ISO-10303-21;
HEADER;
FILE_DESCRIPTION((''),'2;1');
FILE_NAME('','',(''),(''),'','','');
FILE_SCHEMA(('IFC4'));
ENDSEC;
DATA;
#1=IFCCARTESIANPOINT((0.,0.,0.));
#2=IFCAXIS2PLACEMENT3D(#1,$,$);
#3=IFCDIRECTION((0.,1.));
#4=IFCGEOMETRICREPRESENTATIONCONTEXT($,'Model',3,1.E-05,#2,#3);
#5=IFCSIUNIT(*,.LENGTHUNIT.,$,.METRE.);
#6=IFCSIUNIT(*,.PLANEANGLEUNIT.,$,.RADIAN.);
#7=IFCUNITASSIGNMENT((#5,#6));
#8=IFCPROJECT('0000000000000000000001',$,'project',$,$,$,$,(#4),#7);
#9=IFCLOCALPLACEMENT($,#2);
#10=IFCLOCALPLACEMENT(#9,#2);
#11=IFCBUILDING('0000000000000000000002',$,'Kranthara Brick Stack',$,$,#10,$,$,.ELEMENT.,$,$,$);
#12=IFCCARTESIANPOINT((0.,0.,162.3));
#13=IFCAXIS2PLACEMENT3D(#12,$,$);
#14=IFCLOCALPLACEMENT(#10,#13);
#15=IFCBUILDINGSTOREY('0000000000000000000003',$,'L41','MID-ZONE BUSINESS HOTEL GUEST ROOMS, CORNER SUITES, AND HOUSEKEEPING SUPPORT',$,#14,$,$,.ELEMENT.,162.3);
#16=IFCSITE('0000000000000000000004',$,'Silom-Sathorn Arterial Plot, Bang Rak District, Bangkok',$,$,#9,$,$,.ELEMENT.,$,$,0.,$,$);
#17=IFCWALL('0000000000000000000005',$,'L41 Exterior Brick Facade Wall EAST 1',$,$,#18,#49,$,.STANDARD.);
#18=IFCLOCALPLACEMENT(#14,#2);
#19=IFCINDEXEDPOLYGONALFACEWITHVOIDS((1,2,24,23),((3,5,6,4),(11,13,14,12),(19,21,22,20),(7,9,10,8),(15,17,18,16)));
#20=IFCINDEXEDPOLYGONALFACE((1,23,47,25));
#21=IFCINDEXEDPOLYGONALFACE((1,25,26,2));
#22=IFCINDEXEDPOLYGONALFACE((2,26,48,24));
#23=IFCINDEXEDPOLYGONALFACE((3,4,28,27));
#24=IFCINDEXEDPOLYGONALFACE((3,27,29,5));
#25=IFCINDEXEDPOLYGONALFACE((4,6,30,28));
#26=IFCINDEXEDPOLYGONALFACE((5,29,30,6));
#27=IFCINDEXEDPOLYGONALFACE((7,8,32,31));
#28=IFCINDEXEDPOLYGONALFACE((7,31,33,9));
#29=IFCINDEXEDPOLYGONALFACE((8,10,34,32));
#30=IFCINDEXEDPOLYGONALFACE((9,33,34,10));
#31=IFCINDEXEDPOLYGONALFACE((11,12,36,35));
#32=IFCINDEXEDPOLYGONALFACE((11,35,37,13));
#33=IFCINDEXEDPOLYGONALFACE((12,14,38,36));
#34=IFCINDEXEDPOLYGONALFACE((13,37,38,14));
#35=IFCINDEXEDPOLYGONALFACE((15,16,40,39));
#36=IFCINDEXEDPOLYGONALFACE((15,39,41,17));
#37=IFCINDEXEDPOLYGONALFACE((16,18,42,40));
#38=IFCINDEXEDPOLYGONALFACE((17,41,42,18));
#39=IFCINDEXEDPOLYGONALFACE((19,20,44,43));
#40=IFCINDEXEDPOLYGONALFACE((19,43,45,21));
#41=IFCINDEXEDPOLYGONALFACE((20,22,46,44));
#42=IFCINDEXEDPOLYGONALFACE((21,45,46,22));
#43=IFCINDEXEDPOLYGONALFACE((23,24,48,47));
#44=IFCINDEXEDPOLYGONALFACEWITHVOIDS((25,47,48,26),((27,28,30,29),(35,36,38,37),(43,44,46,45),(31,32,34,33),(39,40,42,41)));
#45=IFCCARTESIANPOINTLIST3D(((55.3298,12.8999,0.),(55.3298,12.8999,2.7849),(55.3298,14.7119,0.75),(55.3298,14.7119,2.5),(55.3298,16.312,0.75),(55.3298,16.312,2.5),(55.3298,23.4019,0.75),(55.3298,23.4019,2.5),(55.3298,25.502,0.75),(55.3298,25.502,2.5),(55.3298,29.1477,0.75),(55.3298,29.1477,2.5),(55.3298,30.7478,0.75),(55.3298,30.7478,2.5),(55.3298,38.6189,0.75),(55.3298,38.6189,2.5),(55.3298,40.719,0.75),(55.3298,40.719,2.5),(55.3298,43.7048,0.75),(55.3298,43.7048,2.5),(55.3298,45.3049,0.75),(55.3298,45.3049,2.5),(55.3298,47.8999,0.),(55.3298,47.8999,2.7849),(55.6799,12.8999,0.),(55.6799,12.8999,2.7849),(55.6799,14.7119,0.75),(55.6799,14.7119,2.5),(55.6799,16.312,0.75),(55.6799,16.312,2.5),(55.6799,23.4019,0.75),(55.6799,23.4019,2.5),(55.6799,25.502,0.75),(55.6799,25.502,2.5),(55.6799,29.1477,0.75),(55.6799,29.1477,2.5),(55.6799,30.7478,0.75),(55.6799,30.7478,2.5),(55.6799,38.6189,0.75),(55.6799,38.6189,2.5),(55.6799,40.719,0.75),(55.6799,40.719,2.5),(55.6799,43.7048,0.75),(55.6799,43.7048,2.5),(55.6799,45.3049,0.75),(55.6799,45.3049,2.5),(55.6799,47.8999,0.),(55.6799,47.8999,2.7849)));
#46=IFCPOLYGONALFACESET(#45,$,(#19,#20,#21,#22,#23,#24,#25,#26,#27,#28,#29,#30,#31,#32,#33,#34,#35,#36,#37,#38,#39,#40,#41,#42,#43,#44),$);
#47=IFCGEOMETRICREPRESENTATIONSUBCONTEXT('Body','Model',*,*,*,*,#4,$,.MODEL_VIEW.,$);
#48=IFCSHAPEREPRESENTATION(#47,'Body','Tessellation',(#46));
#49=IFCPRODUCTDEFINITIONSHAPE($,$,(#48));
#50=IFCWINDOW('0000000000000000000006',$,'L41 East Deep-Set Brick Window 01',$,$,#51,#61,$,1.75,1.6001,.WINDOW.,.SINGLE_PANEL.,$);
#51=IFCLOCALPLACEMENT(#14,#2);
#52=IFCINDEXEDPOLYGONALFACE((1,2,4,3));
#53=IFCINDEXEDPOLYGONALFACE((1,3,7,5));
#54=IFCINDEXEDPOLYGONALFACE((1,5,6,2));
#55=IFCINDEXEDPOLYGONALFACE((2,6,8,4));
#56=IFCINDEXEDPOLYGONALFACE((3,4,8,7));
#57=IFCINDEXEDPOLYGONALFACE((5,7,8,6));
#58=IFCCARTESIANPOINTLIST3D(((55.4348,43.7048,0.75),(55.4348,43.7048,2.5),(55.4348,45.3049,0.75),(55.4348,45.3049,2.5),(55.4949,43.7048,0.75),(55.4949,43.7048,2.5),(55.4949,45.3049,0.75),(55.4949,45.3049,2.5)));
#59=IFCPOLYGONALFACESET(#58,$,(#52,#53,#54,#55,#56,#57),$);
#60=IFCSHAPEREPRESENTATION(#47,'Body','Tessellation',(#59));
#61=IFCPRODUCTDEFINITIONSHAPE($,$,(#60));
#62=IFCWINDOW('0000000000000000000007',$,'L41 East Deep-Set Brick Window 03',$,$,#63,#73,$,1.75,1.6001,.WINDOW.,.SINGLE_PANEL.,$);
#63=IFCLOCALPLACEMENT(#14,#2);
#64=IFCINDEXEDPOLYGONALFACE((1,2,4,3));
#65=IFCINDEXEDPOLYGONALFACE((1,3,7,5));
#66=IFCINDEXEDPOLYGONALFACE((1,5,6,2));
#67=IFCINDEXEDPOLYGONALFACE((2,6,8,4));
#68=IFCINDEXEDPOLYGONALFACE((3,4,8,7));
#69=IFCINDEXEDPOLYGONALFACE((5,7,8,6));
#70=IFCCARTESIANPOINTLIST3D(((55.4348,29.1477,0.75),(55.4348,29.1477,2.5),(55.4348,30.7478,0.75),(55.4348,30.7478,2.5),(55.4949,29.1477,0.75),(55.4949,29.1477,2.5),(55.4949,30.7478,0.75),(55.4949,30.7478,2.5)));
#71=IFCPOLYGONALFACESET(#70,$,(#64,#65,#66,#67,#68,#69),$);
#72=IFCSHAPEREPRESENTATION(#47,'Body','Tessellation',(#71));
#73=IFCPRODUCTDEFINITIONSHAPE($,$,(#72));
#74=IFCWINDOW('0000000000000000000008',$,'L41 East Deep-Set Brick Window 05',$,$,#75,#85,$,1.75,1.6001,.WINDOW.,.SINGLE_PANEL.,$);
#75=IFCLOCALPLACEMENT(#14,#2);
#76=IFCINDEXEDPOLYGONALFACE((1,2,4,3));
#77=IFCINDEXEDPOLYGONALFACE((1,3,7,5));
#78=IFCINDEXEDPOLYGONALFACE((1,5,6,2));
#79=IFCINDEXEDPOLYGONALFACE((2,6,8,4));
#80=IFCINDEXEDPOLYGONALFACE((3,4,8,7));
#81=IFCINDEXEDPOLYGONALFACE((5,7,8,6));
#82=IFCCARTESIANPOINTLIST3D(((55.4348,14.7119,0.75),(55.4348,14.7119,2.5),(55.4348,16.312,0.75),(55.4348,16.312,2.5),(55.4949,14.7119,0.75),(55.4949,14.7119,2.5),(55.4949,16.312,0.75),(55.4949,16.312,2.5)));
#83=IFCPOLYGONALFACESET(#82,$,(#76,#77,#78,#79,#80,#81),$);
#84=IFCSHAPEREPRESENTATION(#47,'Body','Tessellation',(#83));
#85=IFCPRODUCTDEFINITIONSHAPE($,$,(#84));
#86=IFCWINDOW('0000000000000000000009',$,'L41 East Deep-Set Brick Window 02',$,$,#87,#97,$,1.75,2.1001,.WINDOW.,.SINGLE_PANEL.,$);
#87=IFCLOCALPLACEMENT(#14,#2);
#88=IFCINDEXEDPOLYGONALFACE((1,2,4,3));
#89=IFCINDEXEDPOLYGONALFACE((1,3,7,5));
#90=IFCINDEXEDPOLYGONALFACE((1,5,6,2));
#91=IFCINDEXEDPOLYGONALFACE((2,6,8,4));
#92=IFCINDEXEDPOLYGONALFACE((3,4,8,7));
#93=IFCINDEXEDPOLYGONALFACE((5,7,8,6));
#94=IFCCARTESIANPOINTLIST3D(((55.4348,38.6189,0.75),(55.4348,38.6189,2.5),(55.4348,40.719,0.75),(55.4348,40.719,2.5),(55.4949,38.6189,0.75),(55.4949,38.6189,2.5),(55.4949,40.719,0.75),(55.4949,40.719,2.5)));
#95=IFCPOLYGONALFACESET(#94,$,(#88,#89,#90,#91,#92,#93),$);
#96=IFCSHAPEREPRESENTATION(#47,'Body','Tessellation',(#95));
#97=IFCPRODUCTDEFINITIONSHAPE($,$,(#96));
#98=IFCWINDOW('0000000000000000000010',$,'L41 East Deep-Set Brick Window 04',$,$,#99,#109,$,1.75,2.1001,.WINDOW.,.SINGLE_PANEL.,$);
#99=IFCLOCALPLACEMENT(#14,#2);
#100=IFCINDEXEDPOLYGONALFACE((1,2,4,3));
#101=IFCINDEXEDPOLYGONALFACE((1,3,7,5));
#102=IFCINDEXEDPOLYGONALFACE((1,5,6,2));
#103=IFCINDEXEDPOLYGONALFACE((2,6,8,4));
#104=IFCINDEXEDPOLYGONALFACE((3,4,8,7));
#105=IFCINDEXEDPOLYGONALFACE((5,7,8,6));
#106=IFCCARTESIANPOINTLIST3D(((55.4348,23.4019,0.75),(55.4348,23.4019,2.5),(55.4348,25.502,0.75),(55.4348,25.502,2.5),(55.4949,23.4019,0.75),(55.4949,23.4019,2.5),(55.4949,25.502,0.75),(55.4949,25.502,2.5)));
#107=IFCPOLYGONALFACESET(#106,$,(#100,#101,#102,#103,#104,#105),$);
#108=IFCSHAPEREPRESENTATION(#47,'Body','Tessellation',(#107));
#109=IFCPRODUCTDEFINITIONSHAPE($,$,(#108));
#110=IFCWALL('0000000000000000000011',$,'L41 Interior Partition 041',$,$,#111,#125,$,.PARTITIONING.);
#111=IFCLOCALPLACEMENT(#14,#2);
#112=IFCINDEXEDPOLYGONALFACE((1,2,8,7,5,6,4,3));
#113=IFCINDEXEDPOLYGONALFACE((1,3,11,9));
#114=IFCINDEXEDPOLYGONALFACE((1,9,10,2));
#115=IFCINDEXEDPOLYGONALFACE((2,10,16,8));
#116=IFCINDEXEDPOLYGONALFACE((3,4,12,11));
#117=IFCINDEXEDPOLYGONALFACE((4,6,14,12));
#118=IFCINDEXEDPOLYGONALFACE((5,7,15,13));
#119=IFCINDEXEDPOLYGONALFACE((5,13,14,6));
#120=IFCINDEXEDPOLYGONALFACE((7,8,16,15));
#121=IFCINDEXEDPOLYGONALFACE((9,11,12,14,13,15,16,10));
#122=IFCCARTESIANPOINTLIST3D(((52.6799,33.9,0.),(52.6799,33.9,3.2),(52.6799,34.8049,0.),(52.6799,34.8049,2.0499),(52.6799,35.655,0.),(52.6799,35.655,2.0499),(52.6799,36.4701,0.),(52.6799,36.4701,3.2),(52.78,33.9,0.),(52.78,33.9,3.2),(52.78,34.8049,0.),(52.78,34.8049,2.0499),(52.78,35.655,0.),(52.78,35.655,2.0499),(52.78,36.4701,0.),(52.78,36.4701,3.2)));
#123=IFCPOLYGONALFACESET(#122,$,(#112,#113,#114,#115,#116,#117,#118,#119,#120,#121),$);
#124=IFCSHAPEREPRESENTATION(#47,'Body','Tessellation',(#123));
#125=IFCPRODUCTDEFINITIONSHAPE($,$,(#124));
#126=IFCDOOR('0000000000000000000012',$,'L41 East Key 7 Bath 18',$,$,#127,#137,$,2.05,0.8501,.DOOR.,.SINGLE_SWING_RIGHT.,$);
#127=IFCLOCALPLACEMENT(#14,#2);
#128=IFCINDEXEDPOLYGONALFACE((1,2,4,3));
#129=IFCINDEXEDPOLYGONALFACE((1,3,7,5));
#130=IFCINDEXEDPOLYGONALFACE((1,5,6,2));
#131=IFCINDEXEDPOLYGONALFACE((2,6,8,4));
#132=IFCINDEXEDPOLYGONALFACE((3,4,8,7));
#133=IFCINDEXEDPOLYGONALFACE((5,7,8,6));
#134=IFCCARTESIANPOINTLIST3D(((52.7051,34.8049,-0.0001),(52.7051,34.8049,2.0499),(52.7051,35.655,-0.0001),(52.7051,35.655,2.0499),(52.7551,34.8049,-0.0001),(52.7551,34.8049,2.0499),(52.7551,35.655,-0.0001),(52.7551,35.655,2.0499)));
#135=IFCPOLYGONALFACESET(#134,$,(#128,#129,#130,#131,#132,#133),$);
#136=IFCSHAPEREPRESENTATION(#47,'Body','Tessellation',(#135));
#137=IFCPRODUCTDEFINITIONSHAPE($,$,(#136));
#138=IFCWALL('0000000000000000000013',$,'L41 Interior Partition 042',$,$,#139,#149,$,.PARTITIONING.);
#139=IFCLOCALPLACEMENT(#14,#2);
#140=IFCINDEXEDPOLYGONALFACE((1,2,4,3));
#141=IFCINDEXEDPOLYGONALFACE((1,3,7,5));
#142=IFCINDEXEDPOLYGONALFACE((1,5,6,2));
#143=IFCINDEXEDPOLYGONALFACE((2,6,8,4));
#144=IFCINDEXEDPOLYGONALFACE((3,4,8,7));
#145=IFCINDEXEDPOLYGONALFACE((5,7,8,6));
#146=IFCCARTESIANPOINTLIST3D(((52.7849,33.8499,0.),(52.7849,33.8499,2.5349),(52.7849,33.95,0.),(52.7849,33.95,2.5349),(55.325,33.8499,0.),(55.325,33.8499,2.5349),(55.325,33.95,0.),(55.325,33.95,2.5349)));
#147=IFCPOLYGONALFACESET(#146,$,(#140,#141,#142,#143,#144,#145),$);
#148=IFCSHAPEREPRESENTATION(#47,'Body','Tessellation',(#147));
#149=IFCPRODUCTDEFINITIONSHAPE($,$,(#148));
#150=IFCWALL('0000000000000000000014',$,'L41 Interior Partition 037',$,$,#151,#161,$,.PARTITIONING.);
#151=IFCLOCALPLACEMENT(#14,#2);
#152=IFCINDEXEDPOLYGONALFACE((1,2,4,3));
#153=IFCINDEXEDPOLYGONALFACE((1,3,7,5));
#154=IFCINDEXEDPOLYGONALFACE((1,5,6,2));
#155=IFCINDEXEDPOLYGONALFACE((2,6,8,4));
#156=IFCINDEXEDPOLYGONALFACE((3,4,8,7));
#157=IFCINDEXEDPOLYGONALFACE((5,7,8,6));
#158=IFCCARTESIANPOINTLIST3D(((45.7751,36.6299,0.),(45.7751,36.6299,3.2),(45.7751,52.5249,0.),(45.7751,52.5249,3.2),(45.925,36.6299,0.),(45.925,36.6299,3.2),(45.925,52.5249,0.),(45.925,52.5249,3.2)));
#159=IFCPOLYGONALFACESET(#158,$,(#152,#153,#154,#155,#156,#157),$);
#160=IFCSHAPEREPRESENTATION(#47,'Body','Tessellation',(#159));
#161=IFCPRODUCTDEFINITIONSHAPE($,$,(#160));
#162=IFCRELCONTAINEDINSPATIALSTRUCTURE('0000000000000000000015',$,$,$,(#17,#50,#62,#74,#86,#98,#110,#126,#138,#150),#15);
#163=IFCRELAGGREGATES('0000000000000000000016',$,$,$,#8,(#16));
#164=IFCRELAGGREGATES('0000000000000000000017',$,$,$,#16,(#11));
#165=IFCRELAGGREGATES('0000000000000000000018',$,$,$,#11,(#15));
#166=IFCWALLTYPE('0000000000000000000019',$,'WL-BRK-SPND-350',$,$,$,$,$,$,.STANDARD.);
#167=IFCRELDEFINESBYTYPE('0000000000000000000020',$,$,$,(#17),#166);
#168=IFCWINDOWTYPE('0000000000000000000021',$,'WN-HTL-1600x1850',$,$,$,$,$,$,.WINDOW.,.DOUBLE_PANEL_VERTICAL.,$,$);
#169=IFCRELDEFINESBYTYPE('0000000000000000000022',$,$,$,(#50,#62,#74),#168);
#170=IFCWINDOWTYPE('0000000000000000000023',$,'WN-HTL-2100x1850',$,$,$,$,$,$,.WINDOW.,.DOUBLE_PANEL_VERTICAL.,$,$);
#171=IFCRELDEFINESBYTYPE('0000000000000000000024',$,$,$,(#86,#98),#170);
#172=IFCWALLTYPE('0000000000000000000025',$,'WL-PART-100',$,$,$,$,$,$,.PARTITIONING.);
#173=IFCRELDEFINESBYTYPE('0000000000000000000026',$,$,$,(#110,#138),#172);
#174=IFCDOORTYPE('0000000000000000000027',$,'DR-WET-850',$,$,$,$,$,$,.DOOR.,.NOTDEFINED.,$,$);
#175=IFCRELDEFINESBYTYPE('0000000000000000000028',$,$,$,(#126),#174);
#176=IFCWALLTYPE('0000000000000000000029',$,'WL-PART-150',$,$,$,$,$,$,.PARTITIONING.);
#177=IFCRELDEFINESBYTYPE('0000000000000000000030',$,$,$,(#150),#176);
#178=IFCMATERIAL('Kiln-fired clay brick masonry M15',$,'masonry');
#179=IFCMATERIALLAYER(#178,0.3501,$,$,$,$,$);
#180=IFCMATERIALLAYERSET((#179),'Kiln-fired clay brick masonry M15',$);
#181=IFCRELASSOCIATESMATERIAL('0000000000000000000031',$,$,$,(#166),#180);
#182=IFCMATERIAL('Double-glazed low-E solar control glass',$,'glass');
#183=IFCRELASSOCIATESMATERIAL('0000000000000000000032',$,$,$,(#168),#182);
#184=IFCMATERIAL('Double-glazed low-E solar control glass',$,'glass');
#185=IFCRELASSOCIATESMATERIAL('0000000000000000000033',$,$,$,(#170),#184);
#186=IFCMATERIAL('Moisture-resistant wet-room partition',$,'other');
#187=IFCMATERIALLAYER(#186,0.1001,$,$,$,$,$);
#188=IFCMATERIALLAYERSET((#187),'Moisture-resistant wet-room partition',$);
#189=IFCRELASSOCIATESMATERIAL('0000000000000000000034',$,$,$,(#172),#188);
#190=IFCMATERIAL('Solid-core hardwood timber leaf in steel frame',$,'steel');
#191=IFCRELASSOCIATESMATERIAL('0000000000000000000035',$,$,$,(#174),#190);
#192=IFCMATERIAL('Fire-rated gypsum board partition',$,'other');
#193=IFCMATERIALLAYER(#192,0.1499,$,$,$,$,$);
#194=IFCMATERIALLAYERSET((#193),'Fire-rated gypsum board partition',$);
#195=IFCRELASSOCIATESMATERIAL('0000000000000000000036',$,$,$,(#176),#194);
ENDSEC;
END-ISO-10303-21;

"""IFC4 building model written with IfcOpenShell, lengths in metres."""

from ifc_helpers import new_model, si_unit, direction, frame, frame_2d, origin, place, context, subcontext, project, spatial, rectangle, extrude, material, layer, layer_set, type_object, element, fill, save


model = new_model("IFC4")

# Units and contexts
model_context = context("Model", 3, precision=1e-05, world=origin(), true_north=direction((0.0, 1.0)))
body_context = subcontext(model_context, "Body", "Model", "MODEL_VIEW")
ifc_project = project(units=[si_unit("LENGTHUNIT", "METRE"), si_unit("PLANEANGLEUNIT", "RADIAN")], contexts=[model_context])

# Site, building, storey
site_placement = place(None, origin())
site = spatial("IfcSite", under=ifc_project, at=site_placement, Name="Silom-Sathorn Arterial Plot, Bang Rak District, Bangkok", CompositionType="ELEMENT", RefElevation=0.0)
building_placement = place(site_placement, origin())
building = spatial("IfcBuilding", under=site, at=building_placement, Name="Kranthara Brick Stack", CompositionType="ELEMENT")
storey_placement = place(building_placement, frame((0.0, 0.0, 162.3)))
storey = spatial("IfcBuildingStorey", under=building, at=storey_placement, Name="L41", Description="MID-ZONE BUSINESS HOTEL GUEST ROOMS, CORNER SUITES, AND HOUSEKEEPING SUPPORT", CompositionType="ELEMENT", Elevation=162.3)

# Shared definitions
ifc_material_1 = material(Name="Kiln-fired clay brick masonry M15", Category="masonry")
ifc_layer_1 = layer(ifc_material_1, 0.3501)
ifc_layer_set_1 = layer_set([ifc_layer_1], Name="Kiln-fired clay brick masonry M15")
wall_type_1 = type_object("IfcWallType", Name="WL-BRK-SPND-350", PredefinedType="STANDARD", material=ifc_layer_set_1)

# Wall, openings, windows
wall_1_placement = place(storey_placement, frame((55.5049, 47.8999, 0.0), z_axis=(0.0, 0.0, 1.0), x_axis=(0.0, -1.0, 0.0)))
wall_1 = element("IfcWall", 1, at=wall_1_placement, inside=storey, type_object=wall_type_1, Name="L41 Exterior Brick Facade Wall EAST 1", PredefinedType="STANDARD", context=body_context, shape_type="SweptSolid", body=[
    extrude(rectangle(XDim=35.0, YDim=0.3501, at=frame_2d((17.5, 0.0))), origin(), (0.0, 0.0, 1.0), 2.7849),
])
opening_1_placement = place(wall_1_placement, frame((2.595, 0.0, 0.75)))
opening_1 = element("IfcOpeningElement", 2, at=opening_1_placement, cuts=wall_1, PredefinedType="OPENING", context=body_context, shape_type="SweptSolid", body=[
    extrude(rectangle(XDim=1.6001, YDim=1.75, at=frame_2d((0.8, 0.875))), frame((0.0, 0.1851, 0.0), z_axis=(0.0, -1.0, 0.0), x_axis=(1.0, 0.0, 0.0)), (0.0, 0.0, 1.0), 0.3701),
])
opening_2_placement = place(wall_1_placement, frame((7.1809, 0.0, 0.75)))
opening_2 = element("IfcOpeningElement", 3, at=opening_2_placement, cuts=wall_1, PredefinedType="OPENING", context=body_context, shape_type="SweptSolid", body=[
    extrude(rectangle(XDim=2.1001, YDim=1.75, at=frame_2d((1.05, 0.875))), frame((0.0, 0.1851, 0.0), z_axis=(0.0, -1.0, 0.0), x_axis=(1.0, 0.0, 0.0)), (0.0, 0.0, 1.0), 0.3701),
])
opening_3_placement = place(wall_1_placement, frame((17.1521, 0.0, 0.75)))
opening_3 = element("IfcOpeningElement", 4, at=opening_3_placement, cuts=wall_1, PredefinedType="OPENING", context=body_context, shape_type="SweptSolid", body=[
    extrude(rectangle(XDim=1.6001, YDim=1.75, at=frame_2d((0.8, 0.875))), frame((0.0, 0.1851, 0.0), z_axis=(0.0, -1.0, 0.0), x_axis=(1.0, 0.0, 0.0)), (0.0, 0.0, 1.0), 0.3701),
])
opening_4_placement = place(wall_1_placement, frame((22.3979, 0.0, 0.75)))
opening_4 = element("IfcOpeningElement", 5, at=opening_4_placement, cuts=wall_1, PredefinedType="OPENING", context=body_context, shape_type="SweptSolid", body=[
    extrude(rectangle(XDim=2.1001, YDim=1.75, at=frame_2d((1.05, 0.875))), frame((0.0, 0.1851, 0.0), z_axis=(0.0, -1.0, 0.0), x_axis=(1.0, 0.0, 0.0)), (0.0, 0.0, 1.0), 0.3701),
])
opening_5_placement = place(wall_1_placement, frame((31.5879, 0.0, 0.75)))
opening_5 = element("IfcOpeningElement", 6, at=opening_5_placement, cuts=wall_1, PredefinedType="OPENING", context=body_context, shape_type="SweptSolid", body=[
    extrude(rectangle(XDim=1.6001, YDim=1.75, at=frame_2d((0.8, 0.875))), frame((0.0, 0.1851, 0.0), z_axis=(0.0, -1.0, 0.0), x_axis=(1.0, 0.0, 0.0)), (0.0, 0.0, 1.0), 0.3701),
])
ifc_material_2 = material(Name="Double-glazed low-E solar control glass", Category="glass")
window_type_1 = type_object("IfcWindowType", Name="WN-HTL-1600x1850", PartitioningType="DOUBLE_PANEL_VERTICAL", PredefinedType="WINDOW", material=ifc_material_2)
window_1_placement = place(opening_1_placement, origin())
window_1 = element("IfcWindow", 7, at=window_1_placement, inside=storey, type_object=window_type_1, Name="L41 East Deep-Set Brick Window 01", OverallHeight=1.75, OverallWidth=1.6001, PartitioningType="SINGLE_PANEL", PredefinedType="WINDOW", context=body_context, shape_type="SweptSolid", body=[
    extrude(rectangle(XDim=1.6001, YDim=1.75, at=frame_2d((0.8, 0.875))), frame((0.0, -0.01, 0.0), z_axis=(0.0, -1.0, 0.0), x_axis=(1.0, 0.0, 0.0)), (0.0, 0.0, 1.0), 0.0601),
])
fill(opening_1, window_1)
window_2_placement = place(opening_3_placement, origin())
window_2 = element("IfcWindow", 8, at=window_2_placement, inside=storey, type_object=window_type_1, Name="L41 East Deep-Set Brick Window 03", OverallHeight=1.75, OverallWidth=1.6001, PartitioningType="SINGLE_PANEL", PredefinedType="WINDOW", context=body_context, shape_type="SweptSolid", body=[
    extrude(rectangle(XDim=1.6001, YDim=1.75, at=frame_2d((0.8, 0.875))), frame((0.0, -0.01, 0.0), z_axis=(0.0, -1.0, 0.0), x_axis=(1.0, 0.0, 0.0)), (0.0, 0.0, 1.0), 0.0601),
])
fill(opening_3, window_2)
window_3_placement = place(opening_5_placement, origin())
window_3 = element("IfcWindow", 9, at=window_3_placement, inside=storey, type_object=window_type_1, Name="L41 East Deep-Set Brick Window 05", OverallHeight=1.75, OverallWidth=1.6001, PartitioningType="SINGLE_PANEL", PredefinedType="WINDOW", context=body_context, shape_type="SweptSolid", body=[
    extrude(rectangle(XDim=1.6001, YDim=1.75, at=frame_2d((0.8, 0.875))), frame((0.0, -0.01, 0.0), z_axis=(0.0, -1.0, 0.0), x_axis=(1.0, 0.0, 0.0)), (0.0, 0.0, 1.0), 0.0601),
])
fill(opening_5, window_3)
ifc_material_3 = material(Name="Double-glazed low-E solar control glass", Category="glass")
window_type_2 = type_object("IfcWindowType", Name="WN-HTL-2100x1850", PartitioningType="DOUBLE_PANEL_VERTICAL", PredefinedType="WINDOW", material=ifc_material_3)
window_4_placement = place(opening_2_placement, origin())
window_4 = element("IfcWindow", 10, at=window_4_placement, inside=storey, type_object=window_type_2, Name="L41 East Deep-Set Brick Window 02", OverallHeight=1.75, OverallWidth=2.1001, PartitioningType="SINGLE_PANEL", PredefinedType="WINDOW", context=body_context, shape_type="SweptSolid", body=[
    extrude(rectangle(XDim=2.1001, YDim=1.75, at=frame_2d((1.05, 0.875))), frame((0.0, -0.01, 0.0), z_axis=(0.0, -1.0, 0.0), x_axis=(1.0, 0.0, 0.0)), (0.0, 0.0, 1.0), 0.0601),
])
fill(opening_2, window_4)
window_5_placement = place(opening_4_placement, origin())
window_5 = element("IfcWindow", 11, at=window_5_placement, inside=storey, type_object=window_type_2, Name="L41 East Deep-Set Brick Window 04", OverallHeight=1.75, OverallWidth=2.1001, PartitioningType="SINGLE_PANEL", PredefinedType="WINDOW", context=body_context, shape_type="SweptSolid", body=[
    extrude(rectangle(XDim=2.1001, YDim=1.75, at=frame_2d((1.05, 0.875))), frame((0.0, -0.01, 0.0), z_axis=(0.0, -1.0, 0.0), x_axis=(1.0, 0.0, 0.0)), (0.0, 0.0, 1.0), 0.0601),
])
fill(opening_4, window_5)

# Wall, opening, door
ifc_material_4 = material(Name="Moisture-resistant wet-room partition", Category="other")
ifc_layer_2 = layer(ifc_material_4, 0.1001)
ifc_layer_set_2 = layer_set([ifc_layer_2], Name="Moisture-resistant wet-room partition")
wall_type_2 = type_object("IfcWallType", Name="WL-PART-100", PredefinedType="PARTITIONING", material=ifc_layer_set_2)
wall_2_placement = place(storey_placement, frame((52.73, 33.8999, 0.0), z_axis=(0.0, 0.0, 1.0), x_axis=(0.0, 1.0, 0.0)))
wall_2 = element("IfcWall", 12, at=wall_2_placement, inside=storey, type_object=wall_type_2, Name="L41 Interior Partition 041", PredefinedType="PARTITIONING", context=body_context, shape_type="SweptSolid", body=[
    extrude(rectangle(XDim=2.5701, YDim=0.1001, at=frame_2d((1.2852, 0.0))), origin(), (0.0, 0.0, 1.0), 3.2),
])
opening_6_placement = place(wall_2_placement, frame((0.905, 0.0, 0.0)))
opening_6 = element("IfcOpeningElement", 13, at=opening_6_placement, cuts=wall_2, PredefinedType="OPENING", context=body_context, shape_type="SweptSolid", body=[
    extrude(rectangle(XDim=0.8501, YDim=2.05, at=frame_2d((0.425, 1.0249))), frame((0.0, 0.0601, 0.0), z_axis=(0.0, -1.0, 0.0), x_axis=(1.0, 0.0, 0.0)), (0.0, 0.0, 1.0), 0.1201),
])
ifc_material_5 = material(Name="Solid-core hardwood timber leaf in steel frame", Category="steel")
door_type = type_object("IfcDoorType", Name="DR-WET-850", OperationType="NOTDEFINED", PredefinedType="DOOR", material=ifc_material_5)
door_placement = place(opening_6_placement, origin())
door = element("IfcDoor", 14, at=door_placement, inside=storey, type_object=door_type, Name="L41 East Key 7 Bath 18", OperationType="SINGLE_SWING_RIGHT", OverallHeight=2.05, OverallWidth=0.8501, PredefinedType="DOOR", context=body_context, shape_type="SweptSolid", body=[
    extrude(rectangle(XDim=0.8501, YDim=2.05, at=frame_2d((0.425, 1.0249))), frame((0.0, 0.0249, 0.0), z_axis=(0.0, -1.0, 0.0), x_axis=(1.0, 0.0, 0.0)), (0.0, 0.0, 1.0), 0.05),
])
fill(opening_6, door)

# Walls
wall_3_placement = place(storey_placement, frame((52.7849, 33.8999, 0.0), z_axis=(0.0, 0.0, 1.0), x_axis=(1.0, 0.0, 0.0)))
element("IfcWall", 15, at=wall_3_placement, inside=storey, type_object=wall_type_2, Name="L41 Interior Partition 042", PredefinedType="PARTITIONING", context=body_context, shape_type="SweptSolid", body=[
    extrude(rectangle(XDim=2.54, YDim=0.1001, at=frame_2d((1.27, 0.0))), origin(), (0.0, 0.0, 1.0), 2.5349),
])
ifc_material_6 = material(Name="Fire-rated gypsum board partition", Category="other")
ifc_layer_3 = layer(ifc_material_6, 0.1499)
ifc_layer_set_3 = layer_set([ifc_layer_3], Name="Fire-rated gypsum board partition")
wall_type_3 = type_object("IfcWallType", Name="WL-PART-150", PredefinedType="PARTITIONING", material=ifc_layer_set_3)
wall_4_placement = place(storey_placement, frame((45.8501, 36.6299, 0.0), z_axis=(0.0, 0.0, 1.0), x_axis=(0.0, 1.0, 0.0)))
element("IfcWall", 16, at=wall_4_placement, inside=storey, type_object=wall_type_3, Name="L41 Interior Partition 037", PredefinedType="PARTITIONING", context=body_context, shape_type="SweptSolid", body=[
    extrude(rectangle(XDim=15.895, YDim=0.1499, at=frame_2d((7.9475, 0.0))), origin(), (0.0, 0.0, 1.0), 3.2),
])

save(model, "model.ifc")
